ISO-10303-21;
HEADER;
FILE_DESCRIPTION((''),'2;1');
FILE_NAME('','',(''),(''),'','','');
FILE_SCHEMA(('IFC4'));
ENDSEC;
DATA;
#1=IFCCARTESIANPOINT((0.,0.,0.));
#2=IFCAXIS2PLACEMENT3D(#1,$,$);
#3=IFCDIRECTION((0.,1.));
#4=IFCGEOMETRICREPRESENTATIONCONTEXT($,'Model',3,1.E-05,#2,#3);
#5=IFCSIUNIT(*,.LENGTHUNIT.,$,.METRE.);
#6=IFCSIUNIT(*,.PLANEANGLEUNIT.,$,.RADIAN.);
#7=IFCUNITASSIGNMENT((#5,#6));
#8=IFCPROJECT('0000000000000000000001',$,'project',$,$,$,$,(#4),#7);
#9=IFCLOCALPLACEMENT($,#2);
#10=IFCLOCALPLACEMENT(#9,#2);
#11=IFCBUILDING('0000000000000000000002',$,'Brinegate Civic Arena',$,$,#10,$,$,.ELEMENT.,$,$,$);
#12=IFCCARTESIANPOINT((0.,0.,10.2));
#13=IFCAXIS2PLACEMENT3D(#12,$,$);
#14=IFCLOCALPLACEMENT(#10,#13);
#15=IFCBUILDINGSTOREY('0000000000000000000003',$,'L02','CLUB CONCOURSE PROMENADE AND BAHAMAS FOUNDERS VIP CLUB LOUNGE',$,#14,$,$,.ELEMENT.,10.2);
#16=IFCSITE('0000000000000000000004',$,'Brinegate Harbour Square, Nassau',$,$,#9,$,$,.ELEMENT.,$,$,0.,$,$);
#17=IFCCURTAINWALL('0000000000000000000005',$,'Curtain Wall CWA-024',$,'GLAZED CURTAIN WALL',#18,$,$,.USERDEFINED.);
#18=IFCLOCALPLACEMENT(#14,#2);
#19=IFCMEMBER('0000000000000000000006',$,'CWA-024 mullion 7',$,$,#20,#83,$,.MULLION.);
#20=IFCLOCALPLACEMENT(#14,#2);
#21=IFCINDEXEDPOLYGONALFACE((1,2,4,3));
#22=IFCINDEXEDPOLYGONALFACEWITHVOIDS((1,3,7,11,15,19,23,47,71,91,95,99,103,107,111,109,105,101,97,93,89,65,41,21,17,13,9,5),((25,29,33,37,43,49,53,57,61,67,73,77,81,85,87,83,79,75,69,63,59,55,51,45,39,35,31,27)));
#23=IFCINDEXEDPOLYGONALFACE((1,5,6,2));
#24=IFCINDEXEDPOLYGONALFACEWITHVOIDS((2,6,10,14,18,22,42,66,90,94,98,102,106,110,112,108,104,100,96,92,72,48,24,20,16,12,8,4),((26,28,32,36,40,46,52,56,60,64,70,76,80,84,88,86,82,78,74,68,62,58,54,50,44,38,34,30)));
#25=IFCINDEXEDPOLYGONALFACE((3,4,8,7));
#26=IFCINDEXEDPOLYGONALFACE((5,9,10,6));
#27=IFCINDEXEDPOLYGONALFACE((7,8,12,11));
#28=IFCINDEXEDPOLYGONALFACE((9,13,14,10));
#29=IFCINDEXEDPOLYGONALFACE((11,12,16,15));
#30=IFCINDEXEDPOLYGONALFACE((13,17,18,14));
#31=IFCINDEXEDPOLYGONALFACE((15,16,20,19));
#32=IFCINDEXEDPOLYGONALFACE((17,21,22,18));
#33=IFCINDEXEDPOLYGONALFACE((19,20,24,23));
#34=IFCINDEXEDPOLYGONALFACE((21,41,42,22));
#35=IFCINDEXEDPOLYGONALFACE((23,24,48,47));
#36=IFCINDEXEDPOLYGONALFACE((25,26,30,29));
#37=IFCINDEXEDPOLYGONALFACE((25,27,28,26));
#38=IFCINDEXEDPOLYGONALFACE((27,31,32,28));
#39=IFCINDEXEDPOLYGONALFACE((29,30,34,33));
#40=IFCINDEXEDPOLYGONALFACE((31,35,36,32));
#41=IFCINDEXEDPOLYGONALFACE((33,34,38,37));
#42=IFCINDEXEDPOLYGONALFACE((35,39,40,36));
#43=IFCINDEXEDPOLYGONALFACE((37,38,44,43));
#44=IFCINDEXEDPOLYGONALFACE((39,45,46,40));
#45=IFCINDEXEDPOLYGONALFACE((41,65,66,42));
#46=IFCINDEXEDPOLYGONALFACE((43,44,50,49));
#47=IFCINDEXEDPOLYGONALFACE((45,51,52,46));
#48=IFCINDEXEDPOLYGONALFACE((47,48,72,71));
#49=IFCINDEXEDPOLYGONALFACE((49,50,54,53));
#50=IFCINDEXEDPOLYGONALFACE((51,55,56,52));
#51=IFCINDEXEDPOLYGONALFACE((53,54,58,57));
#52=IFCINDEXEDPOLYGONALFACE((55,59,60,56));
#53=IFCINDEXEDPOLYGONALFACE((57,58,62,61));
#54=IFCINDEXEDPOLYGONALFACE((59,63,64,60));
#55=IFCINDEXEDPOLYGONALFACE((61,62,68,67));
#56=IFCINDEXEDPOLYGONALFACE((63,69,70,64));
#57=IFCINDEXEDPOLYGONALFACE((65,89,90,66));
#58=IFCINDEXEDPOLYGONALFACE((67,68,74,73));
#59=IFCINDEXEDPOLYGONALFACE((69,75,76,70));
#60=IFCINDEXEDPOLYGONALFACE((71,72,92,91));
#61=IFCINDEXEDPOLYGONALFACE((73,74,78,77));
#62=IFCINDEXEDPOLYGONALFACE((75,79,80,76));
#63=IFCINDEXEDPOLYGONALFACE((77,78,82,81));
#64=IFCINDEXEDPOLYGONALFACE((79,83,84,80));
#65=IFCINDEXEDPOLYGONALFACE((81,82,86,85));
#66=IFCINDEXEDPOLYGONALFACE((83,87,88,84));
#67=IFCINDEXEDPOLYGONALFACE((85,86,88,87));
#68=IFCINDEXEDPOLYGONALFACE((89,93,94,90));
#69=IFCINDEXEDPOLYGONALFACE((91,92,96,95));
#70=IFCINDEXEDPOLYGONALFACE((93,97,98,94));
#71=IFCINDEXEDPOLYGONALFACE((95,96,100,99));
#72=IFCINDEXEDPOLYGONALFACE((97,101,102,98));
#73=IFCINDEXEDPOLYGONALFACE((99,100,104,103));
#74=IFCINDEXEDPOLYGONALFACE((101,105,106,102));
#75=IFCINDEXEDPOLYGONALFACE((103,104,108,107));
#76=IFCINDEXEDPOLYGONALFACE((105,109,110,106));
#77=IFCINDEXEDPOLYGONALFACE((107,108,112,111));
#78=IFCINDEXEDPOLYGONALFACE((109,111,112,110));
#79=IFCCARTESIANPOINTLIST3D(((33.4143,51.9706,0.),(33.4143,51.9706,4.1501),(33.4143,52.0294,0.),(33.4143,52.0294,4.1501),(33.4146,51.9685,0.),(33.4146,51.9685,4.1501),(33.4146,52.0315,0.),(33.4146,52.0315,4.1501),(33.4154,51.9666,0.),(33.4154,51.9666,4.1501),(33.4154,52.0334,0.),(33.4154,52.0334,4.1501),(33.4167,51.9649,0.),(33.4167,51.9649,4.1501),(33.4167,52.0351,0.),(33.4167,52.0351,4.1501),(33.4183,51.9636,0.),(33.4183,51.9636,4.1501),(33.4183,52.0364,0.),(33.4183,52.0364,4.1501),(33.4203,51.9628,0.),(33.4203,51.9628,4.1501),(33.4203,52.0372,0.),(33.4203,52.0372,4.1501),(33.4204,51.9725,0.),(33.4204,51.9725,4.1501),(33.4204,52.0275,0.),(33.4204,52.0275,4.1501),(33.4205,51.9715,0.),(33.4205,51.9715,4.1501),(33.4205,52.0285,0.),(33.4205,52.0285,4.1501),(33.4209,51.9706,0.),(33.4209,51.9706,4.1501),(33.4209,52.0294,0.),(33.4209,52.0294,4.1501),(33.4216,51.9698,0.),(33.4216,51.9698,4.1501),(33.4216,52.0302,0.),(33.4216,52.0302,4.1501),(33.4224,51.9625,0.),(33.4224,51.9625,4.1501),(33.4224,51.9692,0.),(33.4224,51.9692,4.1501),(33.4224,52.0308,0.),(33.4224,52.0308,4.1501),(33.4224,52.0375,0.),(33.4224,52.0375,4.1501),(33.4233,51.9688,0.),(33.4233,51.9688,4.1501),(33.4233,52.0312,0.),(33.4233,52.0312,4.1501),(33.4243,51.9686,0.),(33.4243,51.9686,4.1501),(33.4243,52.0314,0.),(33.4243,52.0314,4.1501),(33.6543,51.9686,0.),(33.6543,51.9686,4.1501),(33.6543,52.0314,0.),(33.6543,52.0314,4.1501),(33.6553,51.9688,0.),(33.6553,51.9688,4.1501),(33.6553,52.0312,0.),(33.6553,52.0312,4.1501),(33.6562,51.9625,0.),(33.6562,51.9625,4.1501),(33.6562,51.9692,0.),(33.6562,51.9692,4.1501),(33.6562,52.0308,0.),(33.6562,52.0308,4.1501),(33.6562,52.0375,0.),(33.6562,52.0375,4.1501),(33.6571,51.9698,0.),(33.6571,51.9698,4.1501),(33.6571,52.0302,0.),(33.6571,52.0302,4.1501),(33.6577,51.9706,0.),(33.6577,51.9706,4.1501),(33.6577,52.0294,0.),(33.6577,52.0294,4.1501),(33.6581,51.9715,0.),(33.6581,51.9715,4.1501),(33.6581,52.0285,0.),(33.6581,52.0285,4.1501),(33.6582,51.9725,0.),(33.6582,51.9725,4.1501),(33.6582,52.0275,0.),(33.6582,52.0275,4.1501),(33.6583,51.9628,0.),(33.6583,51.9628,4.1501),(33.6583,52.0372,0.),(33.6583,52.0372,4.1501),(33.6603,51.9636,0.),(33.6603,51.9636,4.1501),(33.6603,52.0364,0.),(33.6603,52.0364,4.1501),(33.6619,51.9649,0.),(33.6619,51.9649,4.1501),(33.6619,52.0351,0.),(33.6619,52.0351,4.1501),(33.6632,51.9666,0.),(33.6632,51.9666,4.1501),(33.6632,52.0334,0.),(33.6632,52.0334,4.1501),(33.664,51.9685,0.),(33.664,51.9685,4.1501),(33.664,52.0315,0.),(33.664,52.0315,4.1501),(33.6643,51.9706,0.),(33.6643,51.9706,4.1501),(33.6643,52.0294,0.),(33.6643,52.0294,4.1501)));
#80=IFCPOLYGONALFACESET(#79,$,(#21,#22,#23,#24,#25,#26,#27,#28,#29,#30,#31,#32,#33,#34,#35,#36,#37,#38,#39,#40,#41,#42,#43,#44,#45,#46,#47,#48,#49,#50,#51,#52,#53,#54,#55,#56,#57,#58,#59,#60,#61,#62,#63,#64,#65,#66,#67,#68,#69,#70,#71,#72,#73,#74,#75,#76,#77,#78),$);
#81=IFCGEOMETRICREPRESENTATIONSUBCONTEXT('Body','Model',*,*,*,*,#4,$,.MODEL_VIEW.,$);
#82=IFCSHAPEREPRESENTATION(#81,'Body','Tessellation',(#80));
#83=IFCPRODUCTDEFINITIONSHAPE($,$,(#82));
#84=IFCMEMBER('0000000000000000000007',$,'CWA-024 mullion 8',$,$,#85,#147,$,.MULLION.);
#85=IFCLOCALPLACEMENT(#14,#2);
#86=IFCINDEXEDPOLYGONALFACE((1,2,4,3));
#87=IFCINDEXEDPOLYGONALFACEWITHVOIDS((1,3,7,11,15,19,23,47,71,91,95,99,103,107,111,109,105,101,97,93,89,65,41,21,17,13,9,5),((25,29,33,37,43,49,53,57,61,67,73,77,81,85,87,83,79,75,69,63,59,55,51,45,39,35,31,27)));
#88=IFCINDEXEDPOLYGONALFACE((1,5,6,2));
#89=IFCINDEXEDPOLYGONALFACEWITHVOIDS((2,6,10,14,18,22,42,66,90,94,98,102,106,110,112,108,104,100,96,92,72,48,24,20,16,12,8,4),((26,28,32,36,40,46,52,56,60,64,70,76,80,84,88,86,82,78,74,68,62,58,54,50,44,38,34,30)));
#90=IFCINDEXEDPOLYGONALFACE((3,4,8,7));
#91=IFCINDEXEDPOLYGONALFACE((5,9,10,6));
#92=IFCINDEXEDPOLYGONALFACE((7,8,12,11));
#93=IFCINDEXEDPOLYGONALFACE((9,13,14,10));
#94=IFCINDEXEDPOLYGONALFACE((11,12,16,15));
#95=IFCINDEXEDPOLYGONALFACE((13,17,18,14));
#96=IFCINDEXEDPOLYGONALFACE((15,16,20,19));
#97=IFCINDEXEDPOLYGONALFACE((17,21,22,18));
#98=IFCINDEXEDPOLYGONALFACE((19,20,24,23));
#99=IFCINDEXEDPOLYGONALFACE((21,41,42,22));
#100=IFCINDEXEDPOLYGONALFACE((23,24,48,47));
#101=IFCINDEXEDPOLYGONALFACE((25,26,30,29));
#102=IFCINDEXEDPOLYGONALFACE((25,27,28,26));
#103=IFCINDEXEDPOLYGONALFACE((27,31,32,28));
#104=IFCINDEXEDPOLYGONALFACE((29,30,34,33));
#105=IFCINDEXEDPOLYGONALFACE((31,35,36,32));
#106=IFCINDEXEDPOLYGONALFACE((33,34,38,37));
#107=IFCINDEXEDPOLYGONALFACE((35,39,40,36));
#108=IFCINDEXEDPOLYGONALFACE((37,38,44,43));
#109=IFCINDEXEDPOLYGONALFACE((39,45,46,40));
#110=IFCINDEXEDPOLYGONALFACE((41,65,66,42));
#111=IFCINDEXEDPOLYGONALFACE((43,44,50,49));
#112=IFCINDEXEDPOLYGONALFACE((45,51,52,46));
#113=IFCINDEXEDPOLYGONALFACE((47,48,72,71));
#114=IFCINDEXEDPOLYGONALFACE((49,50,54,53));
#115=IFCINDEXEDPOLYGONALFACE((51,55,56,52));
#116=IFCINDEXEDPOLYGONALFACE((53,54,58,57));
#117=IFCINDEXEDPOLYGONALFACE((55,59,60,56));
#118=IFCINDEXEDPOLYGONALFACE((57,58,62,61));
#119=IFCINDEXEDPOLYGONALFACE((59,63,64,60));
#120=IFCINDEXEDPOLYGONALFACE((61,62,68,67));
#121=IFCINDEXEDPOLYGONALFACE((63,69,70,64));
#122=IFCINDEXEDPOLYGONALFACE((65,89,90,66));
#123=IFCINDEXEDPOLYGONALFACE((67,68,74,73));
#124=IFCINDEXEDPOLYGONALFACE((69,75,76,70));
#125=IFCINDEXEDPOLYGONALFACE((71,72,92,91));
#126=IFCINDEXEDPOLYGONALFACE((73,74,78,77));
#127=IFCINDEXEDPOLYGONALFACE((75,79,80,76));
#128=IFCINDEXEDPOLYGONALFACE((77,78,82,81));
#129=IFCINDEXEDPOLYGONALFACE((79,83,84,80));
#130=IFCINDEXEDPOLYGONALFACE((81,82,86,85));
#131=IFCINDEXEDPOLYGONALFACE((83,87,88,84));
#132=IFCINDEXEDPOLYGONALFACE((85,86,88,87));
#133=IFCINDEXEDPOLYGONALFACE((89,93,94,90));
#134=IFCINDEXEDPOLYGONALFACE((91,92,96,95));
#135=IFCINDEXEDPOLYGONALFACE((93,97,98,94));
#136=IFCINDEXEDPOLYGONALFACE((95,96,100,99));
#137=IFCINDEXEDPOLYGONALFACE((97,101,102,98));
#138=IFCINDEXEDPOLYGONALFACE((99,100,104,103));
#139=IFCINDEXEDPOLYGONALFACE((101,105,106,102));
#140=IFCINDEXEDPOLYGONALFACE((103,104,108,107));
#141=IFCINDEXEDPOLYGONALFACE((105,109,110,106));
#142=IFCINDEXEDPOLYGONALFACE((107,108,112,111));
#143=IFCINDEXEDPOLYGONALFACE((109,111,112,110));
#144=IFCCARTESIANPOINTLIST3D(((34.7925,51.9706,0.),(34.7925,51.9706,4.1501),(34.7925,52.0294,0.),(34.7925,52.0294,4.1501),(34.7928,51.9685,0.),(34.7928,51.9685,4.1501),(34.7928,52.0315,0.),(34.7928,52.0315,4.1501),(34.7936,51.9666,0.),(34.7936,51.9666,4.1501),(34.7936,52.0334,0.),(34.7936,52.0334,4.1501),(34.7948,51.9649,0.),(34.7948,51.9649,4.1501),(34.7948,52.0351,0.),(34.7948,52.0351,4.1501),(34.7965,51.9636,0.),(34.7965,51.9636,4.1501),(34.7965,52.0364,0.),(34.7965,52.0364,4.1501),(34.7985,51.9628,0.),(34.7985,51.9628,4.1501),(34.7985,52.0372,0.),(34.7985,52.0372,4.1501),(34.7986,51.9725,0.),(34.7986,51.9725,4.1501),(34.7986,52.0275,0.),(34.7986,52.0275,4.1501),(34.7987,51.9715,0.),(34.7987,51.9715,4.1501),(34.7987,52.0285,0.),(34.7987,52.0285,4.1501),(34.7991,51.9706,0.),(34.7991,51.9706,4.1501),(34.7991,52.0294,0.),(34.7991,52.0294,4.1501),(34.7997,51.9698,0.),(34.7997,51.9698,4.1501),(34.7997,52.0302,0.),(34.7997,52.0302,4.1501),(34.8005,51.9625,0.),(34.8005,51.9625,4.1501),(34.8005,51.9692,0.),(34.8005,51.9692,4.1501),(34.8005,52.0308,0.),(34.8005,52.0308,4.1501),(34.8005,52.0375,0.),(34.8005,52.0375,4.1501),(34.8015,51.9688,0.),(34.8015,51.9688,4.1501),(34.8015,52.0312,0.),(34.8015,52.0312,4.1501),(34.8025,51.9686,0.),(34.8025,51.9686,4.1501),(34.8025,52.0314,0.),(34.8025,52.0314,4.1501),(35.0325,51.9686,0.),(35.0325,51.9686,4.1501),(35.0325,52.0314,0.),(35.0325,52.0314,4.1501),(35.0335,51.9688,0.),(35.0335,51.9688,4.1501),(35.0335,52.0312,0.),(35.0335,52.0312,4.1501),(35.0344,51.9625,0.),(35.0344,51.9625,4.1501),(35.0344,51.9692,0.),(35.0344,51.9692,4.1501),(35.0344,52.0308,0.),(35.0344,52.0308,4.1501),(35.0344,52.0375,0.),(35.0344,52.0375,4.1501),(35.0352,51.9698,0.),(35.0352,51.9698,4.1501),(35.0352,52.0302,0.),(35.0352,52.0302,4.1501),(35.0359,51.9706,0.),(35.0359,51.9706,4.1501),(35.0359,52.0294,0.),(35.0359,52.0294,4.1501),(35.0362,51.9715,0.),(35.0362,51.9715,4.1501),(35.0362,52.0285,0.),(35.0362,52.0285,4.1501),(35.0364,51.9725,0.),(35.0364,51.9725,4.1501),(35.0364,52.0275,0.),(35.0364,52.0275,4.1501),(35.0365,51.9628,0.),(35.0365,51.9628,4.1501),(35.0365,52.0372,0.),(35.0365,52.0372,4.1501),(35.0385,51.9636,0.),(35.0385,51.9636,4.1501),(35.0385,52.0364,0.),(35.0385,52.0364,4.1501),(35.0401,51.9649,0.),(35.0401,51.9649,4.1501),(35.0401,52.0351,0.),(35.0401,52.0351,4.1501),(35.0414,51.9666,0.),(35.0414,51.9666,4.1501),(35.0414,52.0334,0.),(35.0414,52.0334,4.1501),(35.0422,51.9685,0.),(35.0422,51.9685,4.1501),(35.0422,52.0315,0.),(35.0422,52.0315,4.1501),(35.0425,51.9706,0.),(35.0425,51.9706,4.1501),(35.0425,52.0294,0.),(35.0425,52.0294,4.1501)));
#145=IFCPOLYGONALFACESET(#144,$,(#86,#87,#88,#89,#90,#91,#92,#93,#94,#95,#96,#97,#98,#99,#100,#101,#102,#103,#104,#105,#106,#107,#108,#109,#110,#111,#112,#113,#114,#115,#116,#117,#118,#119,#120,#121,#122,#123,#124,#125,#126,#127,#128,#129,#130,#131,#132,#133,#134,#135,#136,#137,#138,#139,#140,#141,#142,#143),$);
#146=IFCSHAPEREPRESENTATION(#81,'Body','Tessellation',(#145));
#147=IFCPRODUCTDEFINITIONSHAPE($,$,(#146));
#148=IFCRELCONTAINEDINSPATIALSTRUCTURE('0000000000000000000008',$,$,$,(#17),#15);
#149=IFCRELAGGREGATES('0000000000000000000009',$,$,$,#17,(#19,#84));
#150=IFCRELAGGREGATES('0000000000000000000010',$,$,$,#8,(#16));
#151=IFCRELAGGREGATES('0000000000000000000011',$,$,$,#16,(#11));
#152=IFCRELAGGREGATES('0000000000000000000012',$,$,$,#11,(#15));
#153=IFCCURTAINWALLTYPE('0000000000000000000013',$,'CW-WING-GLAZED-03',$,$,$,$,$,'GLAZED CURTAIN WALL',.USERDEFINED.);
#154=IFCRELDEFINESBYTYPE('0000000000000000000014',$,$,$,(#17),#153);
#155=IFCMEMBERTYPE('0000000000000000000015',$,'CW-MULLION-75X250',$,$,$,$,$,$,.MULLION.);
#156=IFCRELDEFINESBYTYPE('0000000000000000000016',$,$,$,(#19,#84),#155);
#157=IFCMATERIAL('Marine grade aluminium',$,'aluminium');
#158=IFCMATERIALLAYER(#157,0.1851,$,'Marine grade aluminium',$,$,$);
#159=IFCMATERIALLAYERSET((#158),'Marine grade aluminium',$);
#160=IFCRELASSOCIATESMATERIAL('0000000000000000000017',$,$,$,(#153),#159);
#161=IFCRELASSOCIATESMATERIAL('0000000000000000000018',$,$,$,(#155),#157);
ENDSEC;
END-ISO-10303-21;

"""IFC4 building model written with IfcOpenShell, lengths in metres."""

from ifc_helpers import new_model, si_unit, direction, frame, origin, origin_2d, place, context, subcontext, project, spatial, hollow_rectangle, extrude, material, layer, layer_set, material_profile, profile_set, type_object, element, aggregate, save


model = new_model("IFC4")

# Units and contexts
model_context = context("Model", 3, precision=1e-05, world=origin(), true_north=direction((0.0, 1.0)))
body_context = subcontext(model_context, "Body", "Model", "MODEL_VIEW")
ifc_project = project(units=[si_unit("LENGTHUNIT", "METRE"), si_unit("PLANEANGLEUNIT", "RADIAN")], contexts=[model_context])

# Site, building, storey
site_placement = place(None, origin())
site = spatial("IfcSite", under=ifc_project, at=site_placement, Name="Brinegate Harbour Square, Nassau", CompositionType="ELEMENT", RefElevation=0.0)
building_placement = place(site_placement, origin())
building = spatial("IfcBuilding", under=site, at=building_placement, Name="Brinegate Civic Arena", CompositionType="ELEMENT")
storey_placement = place(building_placement, frame((0.0, 0.0, 10.2)))
storey = spatial("IfcBuildingStorey", under=building, at=storey_placement, Name="L02", Description="CLUB CONCOURSE PROMENADE AND BAHAMAS FOUNDERS VIP CLUB LOUNGE", CompositionType="ELEMENT", Elevation=10.2)

# Curtain wall, members
ifc_material_1 = material(Name="Marine grade aluminium", Category="aluminium")
ifc_layer_1 = layer(ifc_material_1, 0.1851, Name="Marine grade aluminium")
ifc_layer_set_1 = layer_set([ifc_layer_1], Name="Marine grade aluminium")
curtain_wall_type = type_object("IfcCurtainWallType", Name="CW-WING-GLAZED-03", ElementType="GLAZED CURTAIN WALL", PredefinedType="USERDEFINED", material=ifc_layer_set_1)
curtain_wall_1_placement = place(storey_placement, origin())
curtain_wall_1 = element("IfcCurtainWall", 1, at=curtain_wall_1_placement, inside=storey, type_object=curtain_wall_type, Name="Curtain Wall CWA-024", ObjectType="GLAZED CURTAIN WALL", PredefinedType="USERDEFINED")
ifc_material_profile_1 = material_profile(ifc_material_1, hollow_rectangle(XDim=0.075, YDim=0.25, WallThickness=0.0061, InnerFilletRadius=0.0039, OuterFilletRadius=0.0081, at=origin_2d()), Name="MUL75X250")
ifc_profile_set_1 = profile_set([ifc_material_profile_1], Name="Marine grade aluminium")
member_type_1 = type_object("IfcMemberType", Name="CW-MULLION-75X250", PredefinedType="MULLION", material=ifc_profile_set_1)
member_1_placement = place(storey_placement, frame((33.5393, 52.0, 0.0), z_axis=(0.0, 0.0, 1.0), x_axis=(0.0, 1.0, 0.0)))
member_1 = element("IfcMember", 2, at=member_1_placement, type_object=member_type_1, Name="CWA-024 mullion 7", PredefinedType="MULLION", context=body_context, shape_type="SweptSolid", body=[
    extrude(hollow_rectangle(XDim=0.075, YDim=0.25, WallThickness=0.0061, InnerFilletRadius=0.0039, OuterFilletRadius=0.0081, at=origin_2d()), origin(), (0.0, 0.0, 1.0), 4.1501),
])
member_2_placement = place(storey_placement, frame((34.9175, 52.0, 0.0), z_axis=(0.0, 0.0, 1.0), x_axis=(0.0, 1.0, 0.0)))
member_2 = element("IfcMember", 3, at=member_2_placement, type_object=member_type_1, Name="CWA-024 mullion 8", PredefinedType="MULLION", context=body_context, shape_type="SweptSolid", body=[
    extrude(hollow_rectangle(XDim=0.075, YDim=0.25, WallThickness=0.0061, InnerFilletRadius=0.0039, OuterFilletRadius=0.0081, at=origin_2d()), origin(), (0.0, 0.0, 1.0), 4.1501),
])

aggregate(curtain_wall_1, [member_1, member_2])

save(model, "model.ifc")
